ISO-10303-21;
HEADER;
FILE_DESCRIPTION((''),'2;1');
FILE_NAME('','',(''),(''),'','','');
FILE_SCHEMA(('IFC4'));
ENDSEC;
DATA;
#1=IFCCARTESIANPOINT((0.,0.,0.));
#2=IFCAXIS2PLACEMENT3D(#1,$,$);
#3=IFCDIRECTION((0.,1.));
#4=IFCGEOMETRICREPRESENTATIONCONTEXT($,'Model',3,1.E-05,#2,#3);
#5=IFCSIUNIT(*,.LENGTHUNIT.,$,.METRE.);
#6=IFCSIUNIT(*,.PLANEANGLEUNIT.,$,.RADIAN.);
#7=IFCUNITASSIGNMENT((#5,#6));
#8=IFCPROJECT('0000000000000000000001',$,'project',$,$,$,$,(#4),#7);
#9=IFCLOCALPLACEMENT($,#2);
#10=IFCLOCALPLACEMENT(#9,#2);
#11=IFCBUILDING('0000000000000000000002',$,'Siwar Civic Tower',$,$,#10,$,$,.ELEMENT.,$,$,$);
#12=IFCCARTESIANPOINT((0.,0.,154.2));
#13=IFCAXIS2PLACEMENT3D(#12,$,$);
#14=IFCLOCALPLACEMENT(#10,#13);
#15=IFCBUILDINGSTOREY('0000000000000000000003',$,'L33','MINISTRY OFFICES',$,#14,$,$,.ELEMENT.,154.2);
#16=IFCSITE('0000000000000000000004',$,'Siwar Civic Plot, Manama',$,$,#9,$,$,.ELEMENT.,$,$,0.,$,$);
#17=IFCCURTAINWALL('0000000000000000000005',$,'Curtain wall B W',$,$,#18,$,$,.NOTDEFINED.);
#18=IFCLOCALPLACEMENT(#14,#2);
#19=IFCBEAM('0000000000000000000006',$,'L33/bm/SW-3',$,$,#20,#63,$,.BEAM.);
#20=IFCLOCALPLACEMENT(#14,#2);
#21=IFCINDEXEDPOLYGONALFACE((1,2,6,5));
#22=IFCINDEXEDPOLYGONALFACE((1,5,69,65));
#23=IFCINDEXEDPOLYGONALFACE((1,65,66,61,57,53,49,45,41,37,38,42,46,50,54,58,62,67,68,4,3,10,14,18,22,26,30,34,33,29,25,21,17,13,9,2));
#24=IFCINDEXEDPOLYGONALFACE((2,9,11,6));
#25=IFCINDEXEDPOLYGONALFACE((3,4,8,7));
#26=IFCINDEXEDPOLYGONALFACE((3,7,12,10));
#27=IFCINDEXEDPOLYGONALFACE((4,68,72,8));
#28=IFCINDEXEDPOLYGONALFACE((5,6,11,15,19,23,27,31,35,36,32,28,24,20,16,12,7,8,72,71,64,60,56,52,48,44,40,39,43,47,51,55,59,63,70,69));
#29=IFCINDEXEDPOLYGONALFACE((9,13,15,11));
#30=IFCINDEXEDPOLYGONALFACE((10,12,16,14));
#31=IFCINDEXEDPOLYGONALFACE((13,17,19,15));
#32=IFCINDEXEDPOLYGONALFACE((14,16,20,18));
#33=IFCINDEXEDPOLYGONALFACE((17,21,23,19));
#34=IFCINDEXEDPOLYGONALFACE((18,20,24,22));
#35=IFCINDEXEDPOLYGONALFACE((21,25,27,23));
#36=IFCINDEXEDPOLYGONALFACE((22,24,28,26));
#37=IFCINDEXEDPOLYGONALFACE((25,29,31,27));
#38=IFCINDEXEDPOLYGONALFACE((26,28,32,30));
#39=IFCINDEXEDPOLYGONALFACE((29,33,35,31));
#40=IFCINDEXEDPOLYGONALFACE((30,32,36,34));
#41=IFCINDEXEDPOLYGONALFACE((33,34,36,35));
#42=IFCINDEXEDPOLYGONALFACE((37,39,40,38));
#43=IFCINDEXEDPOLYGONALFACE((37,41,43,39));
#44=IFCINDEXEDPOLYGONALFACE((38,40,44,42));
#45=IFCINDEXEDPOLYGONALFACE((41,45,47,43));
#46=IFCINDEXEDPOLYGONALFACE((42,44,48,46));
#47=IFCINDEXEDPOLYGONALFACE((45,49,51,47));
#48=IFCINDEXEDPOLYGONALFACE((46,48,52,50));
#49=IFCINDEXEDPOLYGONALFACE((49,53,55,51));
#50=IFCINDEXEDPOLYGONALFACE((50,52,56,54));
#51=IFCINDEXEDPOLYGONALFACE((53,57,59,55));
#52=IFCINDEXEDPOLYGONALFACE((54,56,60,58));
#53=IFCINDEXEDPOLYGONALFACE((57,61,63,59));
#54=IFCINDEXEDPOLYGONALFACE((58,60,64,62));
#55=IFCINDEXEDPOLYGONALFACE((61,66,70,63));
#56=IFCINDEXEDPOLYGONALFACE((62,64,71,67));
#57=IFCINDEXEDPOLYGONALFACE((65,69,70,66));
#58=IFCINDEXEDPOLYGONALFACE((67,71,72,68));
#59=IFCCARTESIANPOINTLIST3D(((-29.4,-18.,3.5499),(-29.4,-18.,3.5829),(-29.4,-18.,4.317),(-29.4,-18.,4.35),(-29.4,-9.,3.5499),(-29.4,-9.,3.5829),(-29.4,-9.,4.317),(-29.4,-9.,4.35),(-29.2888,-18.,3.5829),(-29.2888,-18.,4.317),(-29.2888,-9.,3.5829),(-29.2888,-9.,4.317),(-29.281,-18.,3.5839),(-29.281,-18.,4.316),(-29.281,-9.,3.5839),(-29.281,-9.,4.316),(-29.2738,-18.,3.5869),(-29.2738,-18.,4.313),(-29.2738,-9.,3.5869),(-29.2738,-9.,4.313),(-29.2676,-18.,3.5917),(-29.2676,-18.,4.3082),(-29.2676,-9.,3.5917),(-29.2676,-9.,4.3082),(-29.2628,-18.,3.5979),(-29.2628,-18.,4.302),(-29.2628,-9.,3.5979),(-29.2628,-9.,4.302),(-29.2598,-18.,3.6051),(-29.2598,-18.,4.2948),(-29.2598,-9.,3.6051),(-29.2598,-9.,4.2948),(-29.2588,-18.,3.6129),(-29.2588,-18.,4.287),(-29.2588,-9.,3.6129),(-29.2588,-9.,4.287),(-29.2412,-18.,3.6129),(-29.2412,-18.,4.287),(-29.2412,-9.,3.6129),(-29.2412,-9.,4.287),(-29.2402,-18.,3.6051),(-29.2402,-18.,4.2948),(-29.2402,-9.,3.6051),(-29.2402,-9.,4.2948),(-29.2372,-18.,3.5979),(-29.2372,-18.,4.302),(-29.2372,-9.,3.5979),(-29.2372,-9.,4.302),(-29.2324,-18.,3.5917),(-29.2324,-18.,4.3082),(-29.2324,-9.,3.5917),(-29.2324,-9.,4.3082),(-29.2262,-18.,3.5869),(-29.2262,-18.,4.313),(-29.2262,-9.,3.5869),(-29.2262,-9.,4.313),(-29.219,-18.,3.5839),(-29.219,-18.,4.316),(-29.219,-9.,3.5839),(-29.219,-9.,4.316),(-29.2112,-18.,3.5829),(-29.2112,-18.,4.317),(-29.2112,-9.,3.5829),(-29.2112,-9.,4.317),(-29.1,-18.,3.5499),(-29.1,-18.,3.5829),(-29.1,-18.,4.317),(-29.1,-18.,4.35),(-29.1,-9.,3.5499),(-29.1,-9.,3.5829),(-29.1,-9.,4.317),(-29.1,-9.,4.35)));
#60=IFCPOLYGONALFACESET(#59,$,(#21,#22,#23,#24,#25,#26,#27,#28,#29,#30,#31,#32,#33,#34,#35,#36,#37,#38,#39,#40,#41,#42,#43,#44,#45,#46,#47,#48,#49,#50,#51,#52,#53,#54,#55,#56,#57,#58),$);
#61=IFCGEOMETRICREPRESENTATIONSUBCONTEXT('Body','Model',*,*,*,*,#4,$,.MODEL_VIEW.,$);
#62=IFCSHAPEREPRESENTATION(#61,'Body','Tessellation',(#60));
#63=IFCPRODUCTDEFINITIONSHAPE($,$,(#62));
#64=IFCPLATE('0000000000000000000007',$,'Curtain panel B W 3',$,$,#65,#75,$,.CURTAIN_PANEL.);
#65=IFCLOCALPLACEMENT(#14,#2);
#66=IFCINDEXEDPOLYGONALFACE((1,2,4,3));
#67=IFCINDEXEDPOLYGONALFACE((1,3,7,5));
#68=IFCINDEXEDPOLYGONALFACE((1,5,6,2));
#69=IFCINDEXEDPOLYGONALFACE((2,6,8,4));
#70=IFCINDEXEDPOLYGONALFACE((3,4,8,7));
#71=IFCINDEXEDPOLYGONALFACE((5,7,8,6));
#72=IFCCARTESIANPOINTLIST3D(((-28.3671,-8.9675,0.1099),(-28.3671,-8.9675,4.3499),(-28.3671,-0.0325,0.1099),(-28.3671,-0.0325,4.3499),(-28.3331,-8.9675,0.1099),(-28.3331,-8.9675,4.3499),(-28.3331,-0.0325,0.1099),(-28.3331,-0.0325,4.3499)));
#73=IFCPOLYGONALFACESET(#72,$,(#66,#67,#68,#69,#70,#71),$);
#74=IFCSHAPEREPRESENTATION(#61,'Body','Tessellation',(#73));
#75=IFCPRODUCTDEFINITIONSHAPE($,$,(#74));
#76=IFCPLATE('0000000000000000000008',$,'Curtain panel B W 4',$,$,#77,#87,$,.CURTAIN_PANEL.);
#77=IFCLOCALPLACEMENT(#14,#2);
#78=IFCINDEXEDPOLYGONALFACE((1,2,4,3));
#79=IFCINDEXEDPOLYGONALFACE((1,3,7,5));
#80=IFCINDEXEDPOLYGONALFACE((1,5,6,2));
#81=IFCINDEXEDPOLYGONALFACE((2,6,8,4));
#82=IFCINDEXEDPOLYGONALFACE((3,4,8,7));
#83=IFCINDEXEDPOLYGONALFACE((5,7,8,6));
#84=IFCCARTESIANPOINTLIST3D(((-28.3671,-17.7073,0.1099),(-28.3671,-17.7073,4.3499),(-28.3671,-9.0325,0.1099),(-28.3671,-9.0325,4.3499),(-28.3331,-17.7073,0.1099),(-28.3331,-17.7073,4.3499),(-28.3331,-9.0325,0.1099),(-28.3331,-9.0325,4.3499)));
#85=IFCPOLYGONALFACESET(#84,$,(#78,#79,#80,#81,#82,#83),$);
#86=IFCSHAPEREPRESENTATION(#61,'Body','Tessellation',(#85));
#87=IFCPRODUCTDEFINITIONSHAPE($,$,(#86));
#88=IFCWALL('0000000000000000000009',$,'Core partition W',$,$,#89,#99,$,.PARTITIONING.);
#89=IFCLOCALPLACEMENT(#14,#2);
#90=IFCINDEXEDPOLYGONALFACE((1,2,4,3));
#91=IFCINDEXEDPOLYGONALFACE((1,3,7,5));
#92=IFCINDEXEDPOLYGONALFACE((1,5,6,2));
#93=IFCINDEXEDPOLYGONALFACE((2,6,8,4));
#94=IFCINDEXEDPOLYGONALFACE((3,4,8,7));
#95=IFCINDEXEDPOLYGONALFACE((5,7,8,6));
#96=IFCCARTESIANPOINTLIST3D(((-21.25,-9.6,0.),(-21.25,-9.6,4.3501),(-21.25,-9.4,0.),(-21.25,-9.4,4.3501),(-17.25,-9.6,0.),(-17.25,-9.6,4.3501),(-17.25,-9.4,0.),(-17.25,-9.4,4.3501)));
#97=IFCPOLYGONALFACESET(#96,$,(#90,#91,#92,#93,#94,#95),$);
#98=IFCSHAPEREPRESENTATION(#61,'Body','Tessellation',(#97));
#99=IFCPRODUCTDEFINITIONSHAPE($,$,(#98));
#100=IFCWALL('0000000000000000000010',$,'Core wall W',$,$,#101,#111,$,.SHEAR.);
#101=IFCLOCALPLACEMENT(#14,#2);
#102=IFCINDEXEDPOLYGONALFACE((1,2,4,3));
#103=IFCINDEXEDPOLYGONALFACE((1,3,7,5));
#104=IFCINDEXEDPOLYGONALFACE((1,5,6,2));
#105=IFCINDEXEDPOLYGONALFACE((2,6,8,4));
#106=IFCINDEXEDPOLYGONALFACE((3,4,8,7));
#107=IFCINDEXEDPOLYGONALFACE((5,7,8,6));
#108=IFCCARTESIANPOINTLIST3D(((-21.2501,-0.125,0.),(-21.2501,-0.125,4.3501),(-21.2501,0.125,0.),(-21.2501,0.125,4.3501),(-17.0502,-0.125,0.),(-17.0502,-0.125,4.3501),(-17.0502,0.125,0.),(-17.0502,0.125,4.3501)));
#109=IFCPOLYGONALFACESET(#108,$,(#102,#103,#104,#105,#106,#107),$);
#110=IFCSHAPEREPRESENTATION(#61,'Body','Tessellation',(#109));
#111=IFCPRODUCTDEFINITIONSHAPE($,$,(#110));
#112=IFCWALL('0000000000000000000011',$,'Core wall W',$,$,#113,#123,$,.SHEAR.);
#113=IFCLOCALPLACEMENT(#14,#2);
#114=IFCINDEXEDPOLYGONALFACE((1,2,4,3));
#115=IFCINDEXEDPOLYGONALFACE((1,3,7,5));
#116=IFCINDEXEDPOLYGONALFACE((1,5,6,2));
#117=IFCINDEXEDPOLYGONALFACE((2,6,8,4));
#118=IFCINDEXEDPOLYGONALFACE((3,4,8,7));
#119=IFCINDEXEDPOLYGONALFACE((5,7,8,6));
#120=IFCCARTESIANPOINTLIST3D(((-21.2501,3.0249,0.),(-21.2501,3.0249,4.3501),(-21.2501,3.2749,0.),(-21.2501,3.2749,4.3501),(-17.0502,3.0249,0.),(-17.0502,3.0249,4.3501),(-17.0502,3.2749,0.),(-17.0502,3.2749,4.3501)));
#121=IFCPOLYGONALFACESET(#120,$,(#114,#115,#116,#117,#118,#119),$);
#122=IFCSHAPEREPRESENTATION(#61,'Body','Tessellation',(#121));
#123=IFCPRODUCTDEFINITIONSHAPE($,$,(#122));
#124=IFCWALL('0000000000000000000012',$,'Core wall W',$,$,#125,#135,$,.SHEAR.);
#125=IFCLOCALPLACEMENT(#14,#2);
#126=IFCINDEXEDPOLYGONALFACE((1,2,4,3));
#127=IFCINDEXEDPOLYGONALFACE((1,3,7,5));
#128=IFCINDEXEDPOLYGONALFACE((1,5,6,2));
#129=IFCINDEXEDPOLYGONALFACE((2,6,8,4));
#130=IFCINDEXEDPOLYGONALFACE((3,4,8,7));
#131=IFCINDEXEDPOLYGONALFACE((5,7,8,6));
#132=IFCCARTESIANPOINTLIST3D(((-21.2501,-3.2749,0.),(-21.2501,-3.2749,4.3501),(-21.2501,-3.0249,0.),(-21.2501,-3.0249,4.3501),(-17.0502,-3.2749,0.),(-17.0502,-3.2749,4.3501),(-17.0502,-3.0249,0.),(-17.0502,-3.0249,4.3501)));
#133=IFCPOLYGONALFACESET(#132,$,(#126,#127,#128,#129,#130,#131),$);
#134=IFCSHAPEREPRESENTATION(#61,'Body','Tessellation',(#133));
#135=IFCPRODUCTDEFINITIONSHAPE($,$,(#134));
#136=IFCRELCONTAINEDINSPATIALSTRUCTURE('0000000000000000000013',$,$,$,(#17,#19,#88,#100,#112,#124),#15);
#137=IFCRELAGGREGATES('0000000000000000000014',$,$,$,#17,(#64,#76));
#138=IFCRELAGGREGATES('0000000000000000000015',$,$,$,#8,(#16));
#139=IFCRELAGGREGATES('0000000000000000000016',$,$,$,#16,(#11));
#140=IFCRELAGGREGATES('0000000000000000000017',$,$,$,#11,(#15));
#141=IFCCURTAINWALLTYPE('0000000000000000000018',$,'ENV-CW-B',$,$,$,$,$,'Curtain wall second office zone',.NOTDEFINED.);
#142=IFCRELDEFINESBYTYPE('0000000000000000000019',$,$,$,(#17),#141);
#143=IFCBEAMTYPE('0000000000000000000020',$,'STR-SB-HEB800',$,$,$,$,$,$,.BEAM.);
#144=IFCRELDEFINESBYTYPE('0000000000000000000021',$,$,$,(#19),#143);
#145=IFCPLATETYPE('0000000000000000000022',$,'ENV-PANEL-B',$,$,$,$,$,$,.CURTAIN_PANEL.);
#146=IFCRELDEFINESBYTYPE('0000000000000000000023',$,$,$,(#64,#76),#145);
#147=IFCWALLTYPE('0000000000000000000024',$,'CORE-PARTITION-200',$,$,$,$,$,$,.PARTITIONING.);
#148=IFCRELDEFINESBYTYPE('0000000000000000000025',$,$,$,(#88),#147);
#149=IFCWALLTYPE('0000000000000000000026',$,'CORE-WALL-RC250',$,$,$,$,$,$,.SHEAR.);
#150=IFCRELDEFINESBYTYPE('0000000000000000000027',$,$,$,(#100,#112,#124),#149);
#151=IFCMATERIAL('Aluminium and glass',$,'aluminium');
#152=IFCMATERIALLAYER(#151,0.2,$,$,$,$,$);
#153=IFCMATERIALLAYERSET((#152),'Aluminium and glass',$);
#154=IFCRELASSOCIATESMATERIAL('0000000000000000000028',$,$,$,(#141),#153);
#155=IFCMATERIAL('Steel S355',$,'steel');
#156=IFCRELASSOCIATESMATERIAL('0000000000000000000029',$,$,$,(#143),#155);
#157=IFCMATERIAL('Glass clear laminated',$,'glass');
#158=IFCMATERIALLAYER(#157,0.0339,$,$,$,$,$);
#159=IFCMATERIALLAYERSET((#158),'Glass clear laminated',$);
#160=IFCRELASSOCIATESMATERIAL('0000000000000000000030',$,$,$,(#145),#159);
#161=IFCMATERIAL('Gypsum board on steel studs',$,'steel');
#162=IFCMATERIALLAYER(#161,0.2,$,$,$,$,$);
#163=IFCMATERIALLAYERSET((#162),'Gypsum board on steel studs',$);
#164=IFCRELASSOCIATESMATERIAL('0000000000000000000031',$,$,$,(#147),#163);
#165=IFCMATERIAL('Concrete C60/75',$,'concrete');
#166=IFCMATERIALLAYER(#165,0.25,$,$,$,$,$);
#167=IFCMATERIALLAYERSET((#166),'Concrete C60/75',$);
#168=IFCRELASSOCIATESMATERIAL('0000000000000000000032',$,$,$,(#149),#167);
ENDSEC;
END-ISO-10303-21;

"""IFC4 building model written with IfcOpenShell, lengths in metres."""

from ifc_helpers import new_model, si_unit, direction, frame, frame_2d, origin, origin_2d, place, context, subcontext, project, spatial, rectangle, i_section, extrude, material, layer, layer_set, material_profile, profile_set, type_object, element, aggregate, save


model = new_model("IFC4")

# Units and contexts
model_context = context("Model", 3, precision=1e-05, world=origin(), true_north=direction((0.0, 1.0)))
body_context = subcontext(model_context, "Body", "Model", "MODEL_VIEW")
ifc_project = project(units=[si_unit("LENGTHUNIT", "METRE"), si_unit("PLANEANGLEUNIT", "RADIAN")], contexts=[model_context])

# Site, building, storey
site_placement = place(None, origin())
site = spatial("IfcSite", under=ifc_project, at=site_placement, Name="Siwar Civic Plot, Manama", CompositionType="ELEMENT", RefElevation=0.0)
building_placement = place(site_placement, origin())
building = spatial("IfcBuilding", under=site, at=building_placement, Name="Siwar Civic Tower", CompositionType="ELEMENT")
storey_placement = place(building_placement, frame((0.0, 0.0, 154.2)))
storey = spatial("IfcBuildingStorey", under=building, at=storey_placement, Name="L33", Description="MINISTRY OFFICES", CompositionType="ELEMENT", Elevation=154.2)

# Curtain wall
ifc_material_1 = material(Name="Aluminium and glass", Category="aluminium")
ifc_layer_1 = layer(ifc_material_1, 0.2)
ifc_layer_set_1 = layer_set([ifc_layer_1], Name="Aluminium and glass")
curtain_wall_type = type_object("IfcCurtainWallType", Name="ENV-CW-B", ElementType="Curtain wall second office zone", PredefinedType="NOTDEFINED", material=ifc_layer_set_1)
curtain_wall_placement = place(storey_placement, origin())
curtain_wall = element("IfcCurtainWall", 1, at=curtain_wall_placement, inside=storey, type_object=curtain_wall_type, Name="Curtain wall B W", PredefinedType="NOTDEFINED")

# Beam
ifc_material_2 = material(Name="Steel S355", Category="steel")
ifc_material_profile_1 = material_profile(ifc_material_2, i_section(OverallWidth=0.3, OverallDepth=0.8, WebThickness=0.0176, FlangeThickness=0.033, FilletRadius=0.03, at=origin_2d()), Name="HEB800")
ifc_profile_set_1 = profile_set([ifc_material_profile_1], Name="Steel S355")
beam_type_1 = type_object("IfcBeamType", Name="STR-SB-HEB800", PredefinedType="BEAM", material=ifc_profile_set_1)
for number, where, z_axis, x_axis, name in (
    (2, (-29.25, -9.0, 3.95), (0.0, -1.0, 0.0), (1.0, 0.0, 0.0), "L33/bm/SW-3"),
):
    element("IfcBeam", number, at=place(storey_placement, frame(where, z_axis=z_axis, x_axis=x_axis)), inside=storey, type_object=beam_type_1, Name=name, PredefinedType="BEAM", context=body_context, shape_type="SweptSolid", body=[
        extrude(i_section(OverallWidth=0.3, OverallDepth=0.8, WebThickness=0.0176, FlangeThickness=0.033, FilletRadius=0.03, at=origin_2d()), origin(), (0.0, 0.0, 1.0), 9.0),
    ])

# Plates
ifc_material_3 = material(Name="Glass clear laminated", Category="glass")
ifc_layer_2 = layer(ifc_material_3, 0.0339)
ifc_layer_set_2 = layer_set([ifc_layer_2], Name="Glass clear laminated")
plate_type = type_object("IfcPlateType", Name="ENV-PANEL-B", PredefinedType="CURTAIN_PANEL", material=ifc_layer_set_2)
plate_1_placement = place(storey_placement, frame((-28.3501, -4.5, 0.1099), z_axis=(0.0, 0.0, 1.0), x_axis=(0.0, -1.0, 0.0)))
plate_1 = element("IfcPlate", 3, at=plate_1_placement, type_object=plate_type, Name="Curtain panel B W 3", PredefinedType="CURTAIN_PANEL", context=body_context, shape_type="SweptSolid", body=[
    extrude(rectangle(XDim=8.9351, YDim=0.0339, at=origin_2d()), origin(), (0.0, 0.0, 1.0), 4.24),
])
plate_2_placement = place(storey_placement, frame((-28.3501, -13.3699, 0.1099), z_axis=(0.0, 0.0, 1.0), x_axis=(0.0, -1.0, 0.0)))
plate_2 = element("IfcPlate", 4, at=plate_2_placement, type_object=plate_type, Name="Curtain panel B W 4", PredefinedType="CURTAIN_PANEL", context=body_context, shape_type="SweptSolid", body=[
    extrude(rectangle(XDim=8.6748, YDim=0.0339, at=origin_2d()), origin(), (0.0, 0.0, 1.0), 4.24),
])
aggregate(curtain_wall, [plate_1, plate_2])

# Walls
ifc_material_4 = material(Name="Gypsum board on steel studs", Category="steel")
ifc_layer_3 = layer(ifc_material_4, 0.2)
ifc_layer_set_3 = layer_set([ifc_layer_3], Name="Gypsum board on steel studs")
wall_type_1 = type_object("IfcWallType", Name="CORE-PARTITION-200", PredefinedType="PARTITIONING", material=ifc_layer_set_3)
wall_1_placement = place(storey_placement, frame((-17.25, -9.5, 0.0), z_axis=(0.0, 0.0, 1.0), x_axis=(-1.0, 0.0, 0.0)))
element("IfcWall", 5, at=wall_1_placement, inside=storey, type_object=wall_type_1, Name="Core partition W", PredefinedType="PARTITIONING", context=body_context, shape_type="SweptSolid", body=[
    extrude(rectangle(XDim=4.0, YDim=0.2, at=frame_2d((2.0, 0.0))), origin(), (0.0, 0.0, 1.0), 4.3501),
])
ifc_material_5 = material(Name="Concrete C60/75", Category="concrete")
ifc_layer_4 = layer(ifc_material_5, 0.25)
ifc_layer_set_4 = layer_set([ifc_layer_4], Name="Concrete C60/75")
wall_type_2 = type_object("IfcWallType", Name="CORE-WALL-RC250", PredefinedType="SHEAR", material=ifc_layer_set_4)
for number, where, z_axis, x_axis, name in (
    (6, (-17.05, 0.0, 0.0), (0.0, 0.0, 1.0), (-1.0, 0.0, 0.0), "Core wall W"),
    (7, (-17.05, 3.1499, 0.0), (0.0, 0.0, 1.0), (-1.0, 0.0, 0.0), "Core wall W"),
    (8, (-17.05, -3.1499, 0.0), (0.0, 0.0, 1.0), (-1.0, 0.0, 0.0), "Core wall W"),
):
    element("IfcWall", number, at=place(storey_placement, frame(where, z_axis=z_axis, x_axis=x_axis)), inside=storey, type_object=wall_type_2, Name=name, PredefinedType="SHEAR", context=body_context, shape_type="SweptSolid", body=[
        extrude(rectangle(XDim=4.2, YDim=0.25, at=frame_2d((2.1001, 0.0))), origin(), (0.0, 0.0, 1.0), 4.3501),
    ])

save(model, "model.ifc")
